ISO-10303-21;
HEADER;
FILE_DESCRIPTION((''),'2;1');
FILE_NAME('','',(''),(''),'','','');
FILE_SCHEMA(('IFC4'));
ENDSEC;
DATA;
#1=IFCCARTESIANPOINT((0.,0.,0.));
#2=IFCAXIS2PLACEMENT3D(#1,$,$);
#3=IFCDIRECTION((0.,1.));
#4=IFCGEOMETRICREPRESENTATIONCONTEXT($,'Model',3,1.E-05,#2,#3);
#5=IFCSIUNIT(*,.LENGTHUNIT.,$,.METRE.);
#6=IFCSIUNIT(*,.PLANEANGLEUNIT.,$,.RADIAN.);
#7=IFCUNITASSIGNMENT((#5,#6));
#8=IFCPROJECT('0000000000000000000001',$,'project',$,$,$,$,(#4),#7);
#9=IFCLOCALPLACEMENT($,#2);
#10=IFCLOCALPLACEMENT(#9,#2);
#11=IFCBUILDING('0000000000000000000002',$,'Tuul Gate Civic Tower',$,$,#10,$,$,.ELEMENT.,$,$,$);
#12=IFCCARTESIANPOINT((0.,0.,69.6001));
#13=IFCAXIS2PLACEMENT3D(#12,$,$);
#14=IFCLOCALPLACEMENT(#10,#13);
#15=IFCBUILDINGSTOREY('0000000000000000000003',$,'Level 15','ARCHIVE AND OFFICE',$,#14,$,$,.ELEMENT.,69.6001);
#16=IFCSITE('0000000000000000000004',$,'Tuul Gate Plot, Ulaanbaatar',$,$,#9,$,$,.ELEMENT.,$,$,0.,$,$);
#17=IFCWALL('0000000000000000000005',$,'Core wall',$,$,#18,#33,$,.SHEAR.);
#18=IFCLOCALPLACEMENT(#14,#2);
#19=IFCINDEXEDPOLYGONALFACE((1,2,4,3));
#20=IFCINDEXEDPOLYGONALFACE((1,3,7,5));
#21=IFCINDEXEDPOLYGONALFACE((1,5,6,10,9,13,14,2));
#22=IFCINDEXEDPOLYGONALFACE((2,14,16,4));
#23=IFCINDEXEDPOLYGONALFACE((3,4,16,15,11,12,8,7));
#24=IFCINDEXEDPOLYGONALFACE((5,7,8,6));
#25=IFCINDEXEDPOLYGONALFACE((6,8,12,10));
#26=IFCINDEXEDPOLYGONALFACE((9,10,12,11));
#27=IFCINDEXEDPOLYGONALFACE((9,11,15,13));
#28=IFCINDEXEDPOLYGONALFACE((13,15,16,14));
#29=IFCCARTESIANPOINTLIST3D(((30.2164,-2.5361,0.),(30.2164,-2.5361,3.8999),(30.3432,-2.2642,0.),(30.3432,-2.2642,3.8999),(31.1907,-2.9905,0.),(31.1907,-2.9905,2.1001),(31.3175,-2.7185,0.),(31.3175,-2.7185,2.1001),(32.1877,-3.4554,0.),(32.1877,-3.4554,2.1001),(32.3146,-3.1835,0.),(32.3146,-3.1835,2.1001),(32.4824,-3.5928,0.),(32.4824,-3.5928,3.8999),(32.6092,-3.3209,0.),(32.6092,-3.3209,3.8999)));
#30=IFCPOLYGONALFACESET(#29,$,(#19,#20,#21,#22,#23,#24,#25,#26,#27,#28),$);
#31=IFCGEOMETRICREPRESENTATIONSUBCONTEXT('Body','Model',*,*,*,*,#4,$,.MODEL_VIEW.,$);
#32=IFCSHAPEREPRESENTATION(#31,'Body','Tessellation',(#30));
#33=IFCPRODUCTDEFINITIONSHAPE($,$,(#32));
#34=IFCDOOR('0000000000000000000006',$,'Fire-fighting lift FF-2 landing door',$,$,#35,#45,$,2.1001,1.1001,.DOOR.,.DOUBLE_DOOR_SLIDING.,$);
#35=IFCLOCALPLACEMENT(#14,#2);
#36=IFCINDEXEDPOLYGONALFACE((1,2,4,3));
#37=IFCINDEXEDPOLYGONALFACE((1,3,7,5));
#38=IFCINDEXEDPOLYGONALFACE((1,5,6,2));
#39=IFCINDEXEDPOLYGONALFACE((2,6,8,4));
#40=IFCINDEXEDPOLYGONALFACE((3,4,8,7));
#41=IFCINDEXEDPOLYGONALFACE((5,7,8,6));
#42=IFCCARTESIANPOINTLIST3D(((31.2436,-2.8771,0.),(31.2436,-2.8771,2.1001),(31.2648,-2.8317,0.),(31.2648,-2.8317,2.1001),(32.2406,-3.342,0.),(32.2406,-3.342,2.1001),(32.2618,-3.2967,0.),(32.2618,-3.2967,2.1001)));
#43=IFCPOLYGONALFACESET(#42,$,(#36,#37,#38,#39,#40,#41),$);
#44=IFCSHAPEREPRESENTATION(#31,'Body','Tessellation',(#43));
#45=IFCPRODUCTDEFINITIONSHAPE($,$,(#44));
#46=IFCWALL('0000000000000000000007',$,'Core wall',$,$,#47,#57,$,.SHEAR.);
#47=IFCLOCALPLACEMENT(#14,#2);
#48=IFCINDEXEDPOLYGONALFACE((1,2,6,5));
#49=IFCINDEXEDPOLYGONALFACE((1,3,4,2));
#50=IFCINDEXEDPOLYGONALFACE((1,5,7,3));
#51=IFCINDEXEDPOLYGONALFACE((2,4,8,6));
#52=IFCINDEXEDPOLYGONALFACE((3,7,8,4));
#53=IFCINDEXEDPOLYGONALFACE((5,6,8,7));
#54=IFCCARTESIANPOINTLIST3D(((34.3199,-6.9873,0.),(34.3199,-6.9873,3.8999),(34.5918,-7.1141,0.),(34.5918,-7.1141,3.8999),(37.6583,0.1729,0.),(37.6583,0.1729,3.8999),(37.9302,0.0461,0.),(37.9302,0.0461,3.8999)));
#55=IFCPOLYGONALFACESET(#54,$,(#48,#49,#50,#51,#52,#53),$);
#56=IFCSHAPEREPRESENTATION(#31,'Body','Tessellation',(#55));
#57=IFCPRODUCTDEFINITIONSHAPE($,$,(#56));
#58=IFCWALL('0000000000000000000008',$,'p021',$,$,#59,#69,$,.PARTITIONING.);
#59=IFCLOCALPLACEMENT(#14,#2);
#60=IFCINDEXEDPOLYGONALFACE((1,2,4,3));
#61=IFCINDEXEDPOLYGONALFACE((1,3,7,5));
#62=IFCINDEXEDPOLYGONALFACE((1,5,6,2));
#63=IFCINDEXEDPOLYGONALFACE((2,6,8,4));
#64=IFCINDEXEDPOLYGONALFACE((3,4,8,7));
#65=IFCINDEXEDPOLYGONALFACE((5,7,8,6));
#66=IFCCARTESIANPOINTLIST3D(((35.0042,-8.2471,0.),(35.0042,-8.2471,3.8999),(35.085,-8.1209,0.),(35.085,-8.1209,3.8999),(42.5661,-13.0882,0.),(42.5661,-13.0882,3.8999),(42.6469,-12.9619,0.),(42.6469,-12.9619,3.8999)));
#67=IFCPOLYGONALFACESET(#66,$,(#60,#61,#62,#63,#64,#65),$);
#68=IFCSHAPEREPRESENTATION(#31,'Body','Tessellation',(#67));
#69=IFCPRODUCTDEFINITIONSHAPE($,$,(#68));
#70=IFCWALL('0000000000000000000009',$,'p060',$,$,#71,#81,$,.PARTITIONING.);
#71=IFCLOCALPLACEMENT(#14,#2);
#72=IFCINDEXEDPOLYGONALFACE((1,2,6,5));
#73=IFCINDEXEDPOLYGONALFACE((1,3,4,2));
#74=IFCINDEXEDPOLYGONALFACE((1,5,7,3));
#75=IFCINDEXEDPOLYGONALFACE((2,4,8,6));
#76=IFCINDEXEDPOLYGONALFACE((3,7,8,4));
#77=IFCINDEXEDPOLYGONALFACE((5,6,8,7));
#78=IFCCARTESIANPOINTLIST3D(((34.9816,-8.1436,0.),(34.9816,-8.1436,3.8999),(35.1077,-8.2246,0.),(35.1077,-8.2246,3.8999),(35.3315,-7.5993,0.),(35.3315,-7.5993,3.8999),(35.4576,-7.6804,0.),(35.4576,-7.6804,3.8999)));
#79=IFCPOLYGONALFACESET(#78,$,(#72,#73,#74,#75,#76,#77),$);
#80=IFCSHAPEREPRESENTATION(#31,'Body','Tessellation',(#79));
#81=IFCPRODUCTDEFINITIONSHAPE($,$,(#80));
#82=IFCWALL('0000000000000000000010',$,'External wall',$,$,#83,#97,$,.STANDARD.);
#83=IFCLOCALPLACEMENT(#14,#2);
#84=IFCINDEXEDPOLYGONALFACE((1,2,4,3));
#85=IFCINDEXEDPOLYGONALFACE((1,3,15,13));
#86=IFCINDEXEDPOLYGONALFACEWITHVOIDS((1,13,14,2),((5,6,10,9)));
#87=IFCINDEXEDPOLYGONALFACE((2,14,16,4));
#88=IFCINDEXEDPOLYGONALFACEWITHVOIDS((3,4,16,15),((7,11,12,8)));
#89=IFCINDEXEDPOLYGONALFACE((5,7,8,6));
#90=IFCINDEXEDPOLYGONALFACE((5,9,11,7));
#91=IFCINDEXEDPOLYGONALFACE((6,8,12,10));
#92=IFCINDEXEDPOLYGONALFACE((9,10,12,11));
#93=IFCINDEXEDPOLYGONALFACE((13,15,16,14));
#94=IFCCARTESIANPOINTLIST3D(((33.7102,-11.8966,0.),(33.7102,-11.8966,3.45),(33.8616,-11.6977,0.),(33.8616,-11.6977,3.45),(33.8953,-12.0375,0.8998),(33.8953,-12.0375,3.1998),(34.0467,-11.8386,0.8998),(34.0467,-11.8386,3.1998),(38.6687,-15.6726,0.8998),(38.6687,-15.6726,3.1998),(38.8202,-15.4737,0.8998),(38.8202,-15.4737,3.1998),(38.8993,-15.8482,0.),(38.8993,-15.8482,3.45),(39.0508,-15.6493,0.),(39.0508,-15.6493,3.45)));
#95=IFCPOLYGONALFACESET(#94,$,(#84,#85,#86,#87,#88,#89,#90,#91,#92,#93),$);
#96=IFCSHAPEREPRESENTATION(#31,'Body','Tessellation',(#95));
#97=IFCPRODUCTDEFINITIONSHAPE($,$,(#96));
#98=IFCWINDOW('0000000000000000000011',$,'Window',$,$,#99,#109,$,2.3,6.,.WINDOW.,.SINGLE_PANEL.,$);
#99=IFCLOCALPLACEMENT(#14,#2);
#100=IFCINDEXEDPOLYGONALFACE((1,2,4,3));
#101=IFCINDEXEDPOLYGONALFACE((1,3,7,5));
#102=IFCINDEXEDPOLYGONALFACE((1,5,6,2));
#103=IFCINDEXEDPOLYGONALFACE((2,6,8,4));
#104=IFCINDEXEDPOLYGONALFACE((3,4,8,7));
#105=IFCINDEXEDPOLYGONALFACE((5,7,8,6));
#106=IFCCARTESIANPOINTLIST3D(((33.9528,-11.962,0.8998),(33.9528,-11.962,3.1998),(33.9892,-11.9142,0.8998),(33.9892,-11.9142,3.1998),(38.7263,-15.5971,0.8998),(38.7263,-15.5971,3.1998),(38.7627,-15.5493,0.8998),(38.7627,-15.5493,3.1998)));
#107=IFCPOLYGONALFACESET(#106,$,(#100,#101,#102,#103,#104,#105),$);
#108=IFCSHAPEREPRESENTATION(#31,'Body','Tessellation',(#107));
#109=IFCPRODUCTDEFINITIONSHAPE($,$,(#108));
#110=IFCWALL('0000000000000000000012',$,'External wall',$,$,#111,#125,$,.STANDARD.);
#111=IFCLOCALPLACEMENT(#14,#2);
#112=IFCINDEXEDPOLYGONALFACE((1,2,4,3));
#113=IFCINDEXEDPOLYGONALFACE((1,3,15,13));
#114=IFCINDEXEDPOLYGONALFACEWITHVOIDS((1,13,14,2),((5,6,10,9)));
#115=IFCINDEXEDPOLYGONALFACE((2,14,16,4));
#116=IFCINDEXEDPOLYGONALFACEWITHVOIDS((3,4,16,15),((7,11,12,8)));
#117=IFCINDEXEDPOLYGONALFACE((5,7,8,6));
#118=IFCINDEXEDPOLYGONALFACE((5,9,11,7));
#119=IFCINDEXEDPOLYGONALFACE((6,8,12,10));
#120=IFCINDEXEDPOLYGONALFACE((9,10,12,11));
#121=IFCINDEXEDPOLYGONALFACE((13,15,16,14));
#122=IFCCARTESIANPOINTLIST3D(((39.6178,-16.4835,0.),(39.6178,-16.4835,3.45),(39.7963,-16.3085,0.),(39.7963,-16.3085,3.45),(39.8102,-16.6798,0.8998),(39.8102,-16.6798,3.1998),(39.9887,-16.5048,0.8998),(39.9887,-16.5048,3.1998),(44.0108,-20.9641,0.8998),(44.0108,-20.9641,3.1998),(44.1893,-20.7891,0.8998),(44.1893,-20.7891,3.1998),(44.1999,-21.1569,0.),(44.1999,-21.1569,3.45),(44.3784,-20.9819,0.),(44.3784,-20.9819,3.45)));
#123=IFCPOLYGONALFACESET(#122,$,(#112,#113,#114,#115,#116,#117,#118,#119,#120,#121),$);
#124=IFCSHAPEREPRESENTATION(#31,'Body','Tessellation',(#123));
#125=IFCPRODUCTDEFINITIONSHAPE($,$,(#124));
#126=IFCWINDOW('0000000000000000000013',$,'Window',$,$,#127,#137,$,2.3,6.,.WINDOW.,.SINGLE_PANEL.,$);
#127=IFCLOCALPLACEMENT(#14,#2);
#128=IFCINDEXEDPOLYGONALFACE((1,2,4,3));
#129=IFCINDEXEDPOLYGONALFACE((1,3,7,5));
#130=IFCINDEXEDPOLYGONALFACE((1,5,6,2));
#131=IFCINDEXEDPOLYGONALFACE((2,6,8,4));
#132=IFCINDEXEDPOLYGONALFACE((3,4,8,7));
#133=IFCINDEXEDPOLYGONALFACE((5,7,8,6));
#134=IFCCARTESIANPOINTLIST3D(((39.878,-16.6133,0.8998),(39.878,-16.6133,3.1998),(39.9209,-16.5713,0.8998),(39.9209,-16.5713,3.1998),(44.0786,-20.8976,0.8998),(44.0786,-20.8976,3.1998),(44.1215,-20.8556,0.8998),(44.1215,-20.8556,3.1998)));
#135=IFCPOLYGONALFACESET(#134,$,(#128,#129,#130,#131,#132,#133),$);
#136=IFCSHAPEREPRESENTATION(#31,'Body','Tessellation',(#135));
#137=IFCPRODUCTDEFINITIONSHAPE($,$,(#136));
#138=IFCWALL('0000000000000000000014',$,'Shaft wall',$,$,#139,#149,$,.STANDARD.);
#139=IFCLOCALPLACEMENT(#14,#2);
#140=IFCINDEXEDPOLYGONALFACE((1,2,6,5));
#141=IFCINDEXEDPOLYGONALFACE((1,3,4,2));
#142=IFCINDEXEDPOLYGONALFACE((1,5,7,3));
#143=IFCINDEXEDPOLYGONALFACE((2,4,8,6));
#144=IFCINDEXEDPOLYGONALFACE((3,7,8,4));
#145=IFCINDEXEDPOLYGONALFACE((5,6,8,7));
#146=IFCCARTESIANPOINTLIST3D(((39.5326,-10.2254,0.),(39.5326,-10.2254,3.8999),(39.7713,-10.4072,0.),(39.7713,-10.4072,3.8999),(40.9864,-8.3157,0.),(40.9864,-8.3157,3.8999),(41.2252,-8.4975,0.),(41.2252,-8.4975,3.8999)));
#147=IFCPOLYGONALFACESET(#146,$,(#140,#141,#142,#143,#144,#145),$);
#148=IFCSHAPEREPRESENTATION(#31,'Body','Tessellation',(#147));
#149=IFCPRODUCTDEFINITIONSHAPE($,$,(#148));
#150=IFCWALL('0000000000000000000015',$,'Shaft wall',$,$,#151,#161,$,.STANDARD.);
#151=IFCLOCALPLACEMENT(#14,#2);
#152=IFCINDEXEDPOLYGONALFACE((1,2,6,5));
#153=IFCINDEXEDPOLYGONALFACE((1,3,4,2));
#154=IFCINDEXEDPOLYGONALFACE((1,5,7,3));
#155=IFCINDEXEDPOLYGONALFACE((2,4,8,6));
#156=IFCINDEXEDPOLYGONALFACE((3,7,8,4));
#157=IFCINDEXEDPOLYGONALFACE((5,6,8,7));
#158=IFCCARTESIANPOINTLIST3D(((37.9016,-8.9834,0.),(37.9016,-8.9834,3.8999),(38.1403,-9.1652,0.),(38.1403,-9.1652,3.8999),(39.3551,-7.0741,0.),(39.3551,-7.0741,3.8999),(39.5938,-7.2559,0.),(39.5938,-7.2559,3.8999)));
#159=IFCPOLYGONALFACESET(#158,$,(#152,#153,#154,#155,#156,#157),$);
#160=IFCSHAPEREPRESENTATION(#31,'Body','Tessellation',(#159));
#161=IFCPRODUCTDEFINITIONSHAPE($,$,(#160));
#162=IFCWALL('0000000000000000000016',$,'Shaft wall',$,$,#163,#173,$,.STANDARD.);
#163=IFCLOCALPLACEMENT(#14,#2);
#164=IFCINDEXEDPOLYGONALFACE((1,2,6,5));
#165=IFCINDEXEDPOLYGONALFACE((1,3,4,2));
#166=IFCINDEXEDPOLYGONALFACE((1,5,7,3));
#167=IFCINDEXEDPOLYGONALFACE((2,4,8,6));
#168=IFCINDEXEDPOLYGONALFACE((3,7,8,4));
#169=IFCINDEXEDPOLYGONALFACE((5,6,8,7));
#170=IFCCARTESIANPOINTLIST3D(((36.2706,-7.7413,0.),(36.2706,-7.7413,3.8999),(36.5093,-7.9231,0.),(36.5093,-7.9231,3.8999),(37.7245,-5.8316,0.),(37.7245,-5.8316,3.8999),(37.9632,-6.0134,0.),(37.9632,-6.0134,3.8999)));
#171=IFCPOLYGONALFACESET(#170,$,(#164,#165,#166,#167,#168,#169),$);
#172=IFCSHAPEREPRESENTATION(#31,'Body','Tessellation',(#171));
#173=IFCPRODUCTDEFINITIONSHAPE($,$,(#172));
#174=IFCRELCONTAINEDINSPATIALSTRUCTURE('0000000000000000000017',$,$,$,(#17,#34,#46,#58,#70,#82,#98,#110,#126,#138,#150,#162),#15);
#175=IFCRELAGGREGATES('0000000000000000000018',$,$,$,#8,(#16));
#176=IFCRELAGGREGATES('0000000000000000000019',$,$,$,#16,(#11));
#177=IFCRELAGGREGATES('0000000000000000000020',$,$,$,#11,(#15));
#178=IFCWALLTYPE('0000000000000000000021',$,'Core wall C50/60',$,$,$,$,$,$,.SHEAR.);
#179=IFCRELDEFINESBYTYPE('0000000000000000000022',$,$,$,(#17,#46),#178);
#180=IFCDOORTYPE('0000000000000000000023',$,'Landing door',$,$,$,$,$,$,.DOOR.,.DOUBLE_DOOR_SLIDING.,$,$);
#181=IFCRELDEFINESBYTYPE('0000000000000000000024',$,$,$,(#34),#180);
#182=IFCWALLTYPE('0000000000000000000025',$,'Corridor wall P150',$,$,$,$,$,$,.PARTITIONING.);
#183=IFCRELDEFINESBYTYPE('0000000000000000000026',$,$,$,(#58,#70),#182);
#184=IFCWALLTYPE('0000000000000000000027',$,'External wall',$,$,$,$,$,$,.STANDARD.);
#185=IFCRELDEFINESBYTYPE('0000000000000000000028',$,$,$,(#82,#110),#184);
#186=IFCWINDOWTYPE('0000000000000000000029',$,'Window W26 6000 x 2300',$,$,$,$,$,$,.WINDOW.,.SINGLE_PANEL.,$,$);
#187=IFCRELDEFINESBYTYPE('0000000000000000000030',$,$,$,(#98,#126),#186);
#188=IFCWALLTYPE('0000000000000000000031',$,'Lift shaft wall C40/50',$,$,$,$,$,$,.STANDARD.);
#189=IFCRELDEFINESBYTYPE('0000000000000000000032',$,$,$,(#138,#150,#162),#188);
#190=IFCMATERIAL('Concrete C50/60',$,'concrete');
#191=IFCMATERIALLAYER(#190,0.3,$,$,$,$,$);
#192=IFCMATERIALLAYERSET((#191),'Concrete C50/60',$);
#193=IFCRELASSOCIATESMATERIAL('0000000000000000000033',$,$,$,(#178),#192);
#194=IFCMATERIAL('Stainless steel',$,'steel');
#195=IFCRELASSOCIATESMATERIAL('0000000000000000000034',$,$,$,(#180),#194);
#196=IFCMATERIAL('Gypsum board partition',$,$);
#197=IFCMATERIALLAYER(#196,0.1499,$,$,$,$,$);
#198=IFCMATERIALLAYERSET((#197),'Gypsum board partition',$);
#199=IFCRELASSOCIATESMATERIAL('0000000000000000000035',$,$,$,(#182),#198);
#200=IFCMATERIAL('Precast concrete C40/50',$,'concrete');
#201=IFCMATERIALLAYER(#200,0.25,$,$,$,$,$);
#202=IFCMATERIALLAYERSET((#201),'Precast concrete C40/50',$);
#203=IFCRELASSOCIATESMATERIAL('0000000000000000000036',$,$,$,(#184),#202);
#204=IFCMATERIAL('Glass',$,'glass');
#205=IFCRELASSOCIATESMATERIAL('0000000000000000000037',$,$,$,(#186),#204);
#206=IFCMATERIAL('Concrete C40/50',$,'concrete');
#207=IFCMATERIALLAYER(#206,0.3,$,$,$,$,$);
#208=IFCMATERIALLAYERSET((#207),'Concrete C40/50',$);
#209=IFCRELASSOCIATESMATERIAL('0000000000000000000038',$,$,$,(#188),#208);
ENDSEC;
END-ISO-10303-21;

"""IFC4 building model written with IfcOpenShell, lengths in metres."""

from ifc_helpers import new_model, si_unit, direction, frame, frame_2d, origin, place, context, subcontext, project, spatial, rectangle, extrude, material, layer, layer_set, type_object, element, fill, save


model = new_model("IFC4")

# Units and contexts
model_context = context("Model", 3, precision=1e-05, world=origin(), true_north=direction((0.0, 1.0)))
body_context = subcontext(model_context, "Body", "Model", "MODEL_VIEW")
ifc_project = project(units=[si_unit("LENGTHUNIT", "METRE"), si_unit("PLANEANGLEUNIT", "RADIAN")], contexts=[model_context])

# Site, building, storey
site_placement = place(None, origin())
site = spatial("IfcSite", under=ifc_project, at=site_placement, Name="Tuul Gate Plot, Ulaanbaatar", CompositionType="ELEMENT", RefElevation=0.0)
building_placement = place(site_placement, origin())
building = spatial("IfcBuilding", under=site, at=building_placement, Name="Tuul Gate Civic Tower", CompositionType="ELEMENT")
storey_placement = place(building_placement, frame((0.0, 0.0, 69.6001)))
storey = spatial("IfcBuildingStorey", under=building, at=storey_placement, Name="Level 15", Description="ARCHIVE AND OFFICE", CompositionType="ELEMENT", Elevation=69.6001)

# Wall, opening, door
ifc_material_1 = material(Name="Concrete C50/60", Category="concrete")
ifc_layer_1 = layer(ifc_material_1, 0.3)
ifc_layer_set_1 = layer_set([ifc_layer_1], Name="Concrete C50/60")
wall_type_1 = type_object("IfcWallType", Name="Core wall C50/60", PredefinedType="SHEAR", material=ifc_layer_set_1)
wall_1_placement = place(storey_placement, frame((32.5457, -3.4568, 0.0), z_axis=(0.0, 0.0, 1.0), x_axis=(-0.9063, 0.422634, 0.0)))
wall_1 = element("IfcWall", 1, at=wall_1_placement, inside=storey, type_object=wall_type_1, Name="Core wall", PredefinedType="SHEAR", context=body_context, shape_type="SweptSolid", body=[
    extrude(rectangle(XDim=2.5002, YDim=0.3, at=frame_2d((1.25, 0.0))), origin(), (0.0, 0.0, 1.0), 3.8999),
])
opening_1_placement = place(wall_1_placement, frame((0.325, 0.0, 0.0)))
opening_1 = element("IfcOpeningElement", 2, at=opening_1_placement, cuts=wall_1, PredefinedType="OPENING", context=body_context, shape_type="SweptSolid", body=[
    extrude(rectangle(XDim=1.1001, YDim=2.1001, at=frame_2d((0.55, 1.05))), frame((0.0, 0.1602, 0.0), z_axis=(0.0, -1.0, 0.0), x_axis=(1.0, 0.0, 0.0)), (0.0, 0.0, 1.0), 0.3201),
])
ifc_material_2 = material(Name="Stainless steel", Category="steel")
door_type_1 = type_object("IfcDoorType", Name="Landing door", OperationType="DOUBLE_DOOR_SLIDING", PredefinedType="DOOR", material=ifc_material_2)
door_1_placement = place(opening_1_placement, origin())
door_1 = element("IfcDoor", 3, at=door_1_placement, inside=storey, type_object=door_type_1, Name="Fire-fighting lift FF-2 landing door", OperationType="DOUBLE_DOOR_SLIDING", OverallHeight=2.1001, OverallWidth=1.1001, PredefinedType="DOOR", context=body_context, shape_type="SweptSolid", body=[
    extrude(rectangle(XDim=1.1001, YDim=2.1001, at=frame_2d((0.55, 1.05))), frame((0.0, 0.0249, 0.0), z_axis=(0.0, -1.0, 0.0), x_axis=(1.0, 0.0, 0.0)), (0.0, 0.0, 1.0), 0.05),
])
fill(opening_1, door_1)

# Walls
wall_2_placement = place(storey_placement, frame((34.4558, -7.0508, 0.0), z_axis=(0.0, 0.0, 1.0), x_axis=(0.422571, 0.90633, 0.0)))
element("IfcWall", 4, at=wall_2_placement, inside=storey, type_object=wall_type_1, Name="Core wall", PredefinedType="SHEAR", context=body_context, shape_type="SweptSolid", body=[
    extrude(rectangle(XDim=7.9001, YDim=0.3, at=frame_2d((3.9502, 0.0))), origin(), (0.0, 0.0, 1.0), 3.8999),
])
ifc_material_3 = material(Name="Gypsum board partition")
ifc_layer_2 = layer(ifc_material_3, 0.1499)
ifc_layer_set_2 = layer_set([ifc_layer_2], Name="Gypsum board partition")
wall_type_2 = type_object("IfcWallType", Name="Corridor wall P150", PredefinedType="PARTITIONING", material=ifc_layer_set_2)
wall_3_placement = place(storey_placement, frame((35.0447, -8.1841, 0.0), z_axis=(0.0, 0.0, 1.0), x_axis=(0.842202, -0.539162, 0.0)))
element("IfcWall", 5, at=wall_3_placement, inside=storey, type_object=wall_type_2, Name="p021", PredefinedType="PARTITIONING", context=body_context, shape_type="SweptSolid", body=[
    extrude(rectangle(XDim=8.9788, YDim=0.1499, at=frame_2d((4.4893, 0.0))), origin(), (0.0, 0.0, 1.0), 3.8999),
])
wall_4_placement = place(storey_placement, frame((35.0447, -8.1841, 0.0), z_axis=(0.0, 0.0, 1.0), x_axis=(0.540777, 0.841166, 0.0)))
element("IfcWall", 6, at=wall_4_placement, inside=storey, type_object=wall_type_2, Name="p060", PredefinedType="PARTITIONING", context=body_context, shape_type="SweptSolid", body=[
    extrude(rectangle(XDim=0.647, YDim=0.1499, at=frame_2d((0.3235, 0.0))), origin(), (0.0, 0.0, 1.0), 3.8999),
])

# Walls, openings, windows
ifc_material_4 = material(Name="Precast concrete C40/50", Category="concrete")
ifc_layer_3 = layer(ifc_material_4, 0.25)
ifc_layer_set_3 = layer_set([ifc_layer_3], Name="Precast concrete C40/50")
wall_type_3 = type_object("IfcWallType", Name="External wall", PredefinedType="STANDARD", material=ifc_layer_set_3)
wall_5_placement = place(storey_placement, frame((33.7859, -11.7971, 0.0), z_axis=(0.0, 0.0, 1.0), x_axis=(0.795581, -0.605847, 0.0)))
wall_5 = element("IfcWall", 7, at=wall_5_placement, inside=storey, type_object=wall_type_3, Name="External wall", PredefinedType="STANDARD", context=body_context, shape_type="SweptSolid", body=[
    extrude(rectangle(XDim=6.5225, YDim=0.25, at=frame_2d((3.2612, 0.0))), origin(), (0.0, 0.0, 1.0), 3.45),
])
opening_2_placement = place(wall_5_placement, frame((0.2327, 0.0, 0.8999)))
opening_2 = element("IfcOpeningElement", 8, at=opening_2_placement, cuts=wall_5, PredefinedType="OPENING", context=body_context, shape_type="SweptSolid", body=[
    extrude(rectangle(XDim=6.0, YDim=2.3, at=frame_2d((3.0, 1.1499))), frame((0.0, 0.135, 0.0), z_axis=(0.0, -1.0, 0.0), x_axis=(1.0, 0.0, 0.0)), (0.0, 0.0, 1.0), 0.27),
])
ifc_material_5 = material(Name="Glass", Category="glass")
window_type = type_object("IfcWindowType", Name="Window W26 6000 x 2300", PartitioningType="SINGLE_PANEL", PredefinedType="WINDOW", material=ifc_material_5)
window_1_placement = place(opening_2_placement, origin())
window_1 = element("IfcWindow", 9, at=window_1_placement, inside=storey, type_object=window_type, Name="Window", OverallHeight=2.3, OverallWidth=6.0, PartitioningType="SINGLE_PANEL", PredefinedType="WINDOW", context=body_context, shape_type="SweptSolid", body=[
    extrude(rectangle(XDim=6.0, YDim=2.3, at=frame_2d((3.0, 1.1499))), frame((0.0, 0.03, 0.0), z_axis=(0.0, -1.0, 0.0), x_axis=(1.0, 0.0, 0.0)), (0.0, 0.0, 1.0), 0.0601),
])
fill(opening_2, window_1)
wall_6_placement = place(storey_placement, frame((39.707, -16.396, 0.0), z_axis=(0.0, 0.0, 1.0), x_axis=(0.700097, -0.714048, 0.0)))
wall_6 = element("IfcWall", 10, at=wall_6_placement, inside=storey, type_object=wall_type_3, Name="External wall", PredefinedType="STANDARD", context=body_context, shape_type="SweptSolid", body=[
    extrude(rectangle(XDim=6.5449, YDim=0.25, at=frame_2d((3.2725, 0.0))), origin(), (0.0, 0.0, 1.0), 3.45),
])
opening_3_placement = place(wall_6_placement, frame((0.2749, 0.0, 0.8999)))
opening_3 = element("IfcOpeningElement", 11, at=opening_3_placement, cuts=wall_6, PredefinedType="OPENING", context=body_context, shape_type="SweptSolid", body=[
    extrude(rectangle(XDim=6.0, YDim=2.3, at=frame_2d((3.0, 1.1499))), frame((0.0, 0.135, 0.0), z_axis=(0.0, -1.0, 0.0), x_axis=(1.0, 0.0, 0.0)), (0.0, 0.0, 1.0), 0.27),
])
window_2_placement = place(opening_3_placement, origin())
window_2 = element("IfcWindow", 12, at=window_2_placement, inside=storey, type_object=window_type, Name="Window", OverallHeight=2.3, OverallWidth=6.0, PartitioningType="SINGLE_PANEL", PredefinedType="WINDOW", context=body_context, shape_type="SweptSolid", body=[
    extrude(rectangle(XDim=6.0, YDim=2.3, at=frame_2d((3.0, 1.1499))), frame((0.0, 0.03, 0.0), z_axis=(0.0, -1.0, 0.0), x_axis=(1.0, 0.0, 0.0)), (0.0, 0.0, 1.0), 0.0601),
])
fill(opening_3, window_2)

# Walls
ifc_material_6 = material(Name="Concrete C40/50", Category="concrete")
ifc_layer_4 = layer(ifc_material_6, 0.3)
ifc_layer_set_4 = layer_set([ifc_layer_4], Name="Concrete C40/50")
wall_type_4 = type_object("IfcWallType", Name="Lift shaft wall C40/50", PredefinedType="STANDARD", material=ifc_layer_set_4)
wall_7_placement = place(storey_placement, frame((39.6519, -10.3164, 0.0), z_axis=(0.0, 0.0, 1.0), x_axis=(0.605746, 0.795658, 0.0)))
element("IfcWall", 13, at=wall_7_placement, inside=storey, type_object=wall_type_4, Name="Shaft wall", PredefinedType="STANDARD", context=body_context, shape_type="SweptSolid", body=[
    extrude(rectangle(XDim=2.4001, YDim=0.3, at=frame_2d((1.2002, 0.0))), origin(), (0.0, 0.0, 1.0), 3.8999),
])
wall_8_placement = place(storey_placement, frame((38.021, -9.0742, 0.0), z_axis=(0.0, 0.0, 1.0), x_axis=(0.605731, 0.79567, 0.0)))
element("IfcWall", 14, at=wall_8_placement, inside=storey, type_object=wall_type_4, Name="Shaft wall", PredefinedType="STANDARD", context=body_context, shape_type="SweptSolid", body=[
    extrude(rectangle(XDim=2.3997, YDim=0.3, at=frame_2d((1.1997, 0.0))), origin(), (0.0, 0.0, 1.0), 3.8999),
])
wall_9_placement = place(storey_placement, frame((36.3899, -7.8323, 0.0), z_axis=(0.0, 0.0, 1.0), x_axis=(0.605746, 0.795658, 0.0)))
element("IfcWall", 15, at=wall_9_placement, inside=storey, type_object=wall_type_4, Name="Shaft wall", PredefinedType="STANDARD", context=body_context, shape_type="SweptSolid", body=[
    extrude(rectangle(XDim=2.4001, YDim=0.3, at=frame_2d((1.2002, 0.0))), origin(), (0.0, 0.0, 1.0), 3.8999),
])

save(model, "model.ifc")
